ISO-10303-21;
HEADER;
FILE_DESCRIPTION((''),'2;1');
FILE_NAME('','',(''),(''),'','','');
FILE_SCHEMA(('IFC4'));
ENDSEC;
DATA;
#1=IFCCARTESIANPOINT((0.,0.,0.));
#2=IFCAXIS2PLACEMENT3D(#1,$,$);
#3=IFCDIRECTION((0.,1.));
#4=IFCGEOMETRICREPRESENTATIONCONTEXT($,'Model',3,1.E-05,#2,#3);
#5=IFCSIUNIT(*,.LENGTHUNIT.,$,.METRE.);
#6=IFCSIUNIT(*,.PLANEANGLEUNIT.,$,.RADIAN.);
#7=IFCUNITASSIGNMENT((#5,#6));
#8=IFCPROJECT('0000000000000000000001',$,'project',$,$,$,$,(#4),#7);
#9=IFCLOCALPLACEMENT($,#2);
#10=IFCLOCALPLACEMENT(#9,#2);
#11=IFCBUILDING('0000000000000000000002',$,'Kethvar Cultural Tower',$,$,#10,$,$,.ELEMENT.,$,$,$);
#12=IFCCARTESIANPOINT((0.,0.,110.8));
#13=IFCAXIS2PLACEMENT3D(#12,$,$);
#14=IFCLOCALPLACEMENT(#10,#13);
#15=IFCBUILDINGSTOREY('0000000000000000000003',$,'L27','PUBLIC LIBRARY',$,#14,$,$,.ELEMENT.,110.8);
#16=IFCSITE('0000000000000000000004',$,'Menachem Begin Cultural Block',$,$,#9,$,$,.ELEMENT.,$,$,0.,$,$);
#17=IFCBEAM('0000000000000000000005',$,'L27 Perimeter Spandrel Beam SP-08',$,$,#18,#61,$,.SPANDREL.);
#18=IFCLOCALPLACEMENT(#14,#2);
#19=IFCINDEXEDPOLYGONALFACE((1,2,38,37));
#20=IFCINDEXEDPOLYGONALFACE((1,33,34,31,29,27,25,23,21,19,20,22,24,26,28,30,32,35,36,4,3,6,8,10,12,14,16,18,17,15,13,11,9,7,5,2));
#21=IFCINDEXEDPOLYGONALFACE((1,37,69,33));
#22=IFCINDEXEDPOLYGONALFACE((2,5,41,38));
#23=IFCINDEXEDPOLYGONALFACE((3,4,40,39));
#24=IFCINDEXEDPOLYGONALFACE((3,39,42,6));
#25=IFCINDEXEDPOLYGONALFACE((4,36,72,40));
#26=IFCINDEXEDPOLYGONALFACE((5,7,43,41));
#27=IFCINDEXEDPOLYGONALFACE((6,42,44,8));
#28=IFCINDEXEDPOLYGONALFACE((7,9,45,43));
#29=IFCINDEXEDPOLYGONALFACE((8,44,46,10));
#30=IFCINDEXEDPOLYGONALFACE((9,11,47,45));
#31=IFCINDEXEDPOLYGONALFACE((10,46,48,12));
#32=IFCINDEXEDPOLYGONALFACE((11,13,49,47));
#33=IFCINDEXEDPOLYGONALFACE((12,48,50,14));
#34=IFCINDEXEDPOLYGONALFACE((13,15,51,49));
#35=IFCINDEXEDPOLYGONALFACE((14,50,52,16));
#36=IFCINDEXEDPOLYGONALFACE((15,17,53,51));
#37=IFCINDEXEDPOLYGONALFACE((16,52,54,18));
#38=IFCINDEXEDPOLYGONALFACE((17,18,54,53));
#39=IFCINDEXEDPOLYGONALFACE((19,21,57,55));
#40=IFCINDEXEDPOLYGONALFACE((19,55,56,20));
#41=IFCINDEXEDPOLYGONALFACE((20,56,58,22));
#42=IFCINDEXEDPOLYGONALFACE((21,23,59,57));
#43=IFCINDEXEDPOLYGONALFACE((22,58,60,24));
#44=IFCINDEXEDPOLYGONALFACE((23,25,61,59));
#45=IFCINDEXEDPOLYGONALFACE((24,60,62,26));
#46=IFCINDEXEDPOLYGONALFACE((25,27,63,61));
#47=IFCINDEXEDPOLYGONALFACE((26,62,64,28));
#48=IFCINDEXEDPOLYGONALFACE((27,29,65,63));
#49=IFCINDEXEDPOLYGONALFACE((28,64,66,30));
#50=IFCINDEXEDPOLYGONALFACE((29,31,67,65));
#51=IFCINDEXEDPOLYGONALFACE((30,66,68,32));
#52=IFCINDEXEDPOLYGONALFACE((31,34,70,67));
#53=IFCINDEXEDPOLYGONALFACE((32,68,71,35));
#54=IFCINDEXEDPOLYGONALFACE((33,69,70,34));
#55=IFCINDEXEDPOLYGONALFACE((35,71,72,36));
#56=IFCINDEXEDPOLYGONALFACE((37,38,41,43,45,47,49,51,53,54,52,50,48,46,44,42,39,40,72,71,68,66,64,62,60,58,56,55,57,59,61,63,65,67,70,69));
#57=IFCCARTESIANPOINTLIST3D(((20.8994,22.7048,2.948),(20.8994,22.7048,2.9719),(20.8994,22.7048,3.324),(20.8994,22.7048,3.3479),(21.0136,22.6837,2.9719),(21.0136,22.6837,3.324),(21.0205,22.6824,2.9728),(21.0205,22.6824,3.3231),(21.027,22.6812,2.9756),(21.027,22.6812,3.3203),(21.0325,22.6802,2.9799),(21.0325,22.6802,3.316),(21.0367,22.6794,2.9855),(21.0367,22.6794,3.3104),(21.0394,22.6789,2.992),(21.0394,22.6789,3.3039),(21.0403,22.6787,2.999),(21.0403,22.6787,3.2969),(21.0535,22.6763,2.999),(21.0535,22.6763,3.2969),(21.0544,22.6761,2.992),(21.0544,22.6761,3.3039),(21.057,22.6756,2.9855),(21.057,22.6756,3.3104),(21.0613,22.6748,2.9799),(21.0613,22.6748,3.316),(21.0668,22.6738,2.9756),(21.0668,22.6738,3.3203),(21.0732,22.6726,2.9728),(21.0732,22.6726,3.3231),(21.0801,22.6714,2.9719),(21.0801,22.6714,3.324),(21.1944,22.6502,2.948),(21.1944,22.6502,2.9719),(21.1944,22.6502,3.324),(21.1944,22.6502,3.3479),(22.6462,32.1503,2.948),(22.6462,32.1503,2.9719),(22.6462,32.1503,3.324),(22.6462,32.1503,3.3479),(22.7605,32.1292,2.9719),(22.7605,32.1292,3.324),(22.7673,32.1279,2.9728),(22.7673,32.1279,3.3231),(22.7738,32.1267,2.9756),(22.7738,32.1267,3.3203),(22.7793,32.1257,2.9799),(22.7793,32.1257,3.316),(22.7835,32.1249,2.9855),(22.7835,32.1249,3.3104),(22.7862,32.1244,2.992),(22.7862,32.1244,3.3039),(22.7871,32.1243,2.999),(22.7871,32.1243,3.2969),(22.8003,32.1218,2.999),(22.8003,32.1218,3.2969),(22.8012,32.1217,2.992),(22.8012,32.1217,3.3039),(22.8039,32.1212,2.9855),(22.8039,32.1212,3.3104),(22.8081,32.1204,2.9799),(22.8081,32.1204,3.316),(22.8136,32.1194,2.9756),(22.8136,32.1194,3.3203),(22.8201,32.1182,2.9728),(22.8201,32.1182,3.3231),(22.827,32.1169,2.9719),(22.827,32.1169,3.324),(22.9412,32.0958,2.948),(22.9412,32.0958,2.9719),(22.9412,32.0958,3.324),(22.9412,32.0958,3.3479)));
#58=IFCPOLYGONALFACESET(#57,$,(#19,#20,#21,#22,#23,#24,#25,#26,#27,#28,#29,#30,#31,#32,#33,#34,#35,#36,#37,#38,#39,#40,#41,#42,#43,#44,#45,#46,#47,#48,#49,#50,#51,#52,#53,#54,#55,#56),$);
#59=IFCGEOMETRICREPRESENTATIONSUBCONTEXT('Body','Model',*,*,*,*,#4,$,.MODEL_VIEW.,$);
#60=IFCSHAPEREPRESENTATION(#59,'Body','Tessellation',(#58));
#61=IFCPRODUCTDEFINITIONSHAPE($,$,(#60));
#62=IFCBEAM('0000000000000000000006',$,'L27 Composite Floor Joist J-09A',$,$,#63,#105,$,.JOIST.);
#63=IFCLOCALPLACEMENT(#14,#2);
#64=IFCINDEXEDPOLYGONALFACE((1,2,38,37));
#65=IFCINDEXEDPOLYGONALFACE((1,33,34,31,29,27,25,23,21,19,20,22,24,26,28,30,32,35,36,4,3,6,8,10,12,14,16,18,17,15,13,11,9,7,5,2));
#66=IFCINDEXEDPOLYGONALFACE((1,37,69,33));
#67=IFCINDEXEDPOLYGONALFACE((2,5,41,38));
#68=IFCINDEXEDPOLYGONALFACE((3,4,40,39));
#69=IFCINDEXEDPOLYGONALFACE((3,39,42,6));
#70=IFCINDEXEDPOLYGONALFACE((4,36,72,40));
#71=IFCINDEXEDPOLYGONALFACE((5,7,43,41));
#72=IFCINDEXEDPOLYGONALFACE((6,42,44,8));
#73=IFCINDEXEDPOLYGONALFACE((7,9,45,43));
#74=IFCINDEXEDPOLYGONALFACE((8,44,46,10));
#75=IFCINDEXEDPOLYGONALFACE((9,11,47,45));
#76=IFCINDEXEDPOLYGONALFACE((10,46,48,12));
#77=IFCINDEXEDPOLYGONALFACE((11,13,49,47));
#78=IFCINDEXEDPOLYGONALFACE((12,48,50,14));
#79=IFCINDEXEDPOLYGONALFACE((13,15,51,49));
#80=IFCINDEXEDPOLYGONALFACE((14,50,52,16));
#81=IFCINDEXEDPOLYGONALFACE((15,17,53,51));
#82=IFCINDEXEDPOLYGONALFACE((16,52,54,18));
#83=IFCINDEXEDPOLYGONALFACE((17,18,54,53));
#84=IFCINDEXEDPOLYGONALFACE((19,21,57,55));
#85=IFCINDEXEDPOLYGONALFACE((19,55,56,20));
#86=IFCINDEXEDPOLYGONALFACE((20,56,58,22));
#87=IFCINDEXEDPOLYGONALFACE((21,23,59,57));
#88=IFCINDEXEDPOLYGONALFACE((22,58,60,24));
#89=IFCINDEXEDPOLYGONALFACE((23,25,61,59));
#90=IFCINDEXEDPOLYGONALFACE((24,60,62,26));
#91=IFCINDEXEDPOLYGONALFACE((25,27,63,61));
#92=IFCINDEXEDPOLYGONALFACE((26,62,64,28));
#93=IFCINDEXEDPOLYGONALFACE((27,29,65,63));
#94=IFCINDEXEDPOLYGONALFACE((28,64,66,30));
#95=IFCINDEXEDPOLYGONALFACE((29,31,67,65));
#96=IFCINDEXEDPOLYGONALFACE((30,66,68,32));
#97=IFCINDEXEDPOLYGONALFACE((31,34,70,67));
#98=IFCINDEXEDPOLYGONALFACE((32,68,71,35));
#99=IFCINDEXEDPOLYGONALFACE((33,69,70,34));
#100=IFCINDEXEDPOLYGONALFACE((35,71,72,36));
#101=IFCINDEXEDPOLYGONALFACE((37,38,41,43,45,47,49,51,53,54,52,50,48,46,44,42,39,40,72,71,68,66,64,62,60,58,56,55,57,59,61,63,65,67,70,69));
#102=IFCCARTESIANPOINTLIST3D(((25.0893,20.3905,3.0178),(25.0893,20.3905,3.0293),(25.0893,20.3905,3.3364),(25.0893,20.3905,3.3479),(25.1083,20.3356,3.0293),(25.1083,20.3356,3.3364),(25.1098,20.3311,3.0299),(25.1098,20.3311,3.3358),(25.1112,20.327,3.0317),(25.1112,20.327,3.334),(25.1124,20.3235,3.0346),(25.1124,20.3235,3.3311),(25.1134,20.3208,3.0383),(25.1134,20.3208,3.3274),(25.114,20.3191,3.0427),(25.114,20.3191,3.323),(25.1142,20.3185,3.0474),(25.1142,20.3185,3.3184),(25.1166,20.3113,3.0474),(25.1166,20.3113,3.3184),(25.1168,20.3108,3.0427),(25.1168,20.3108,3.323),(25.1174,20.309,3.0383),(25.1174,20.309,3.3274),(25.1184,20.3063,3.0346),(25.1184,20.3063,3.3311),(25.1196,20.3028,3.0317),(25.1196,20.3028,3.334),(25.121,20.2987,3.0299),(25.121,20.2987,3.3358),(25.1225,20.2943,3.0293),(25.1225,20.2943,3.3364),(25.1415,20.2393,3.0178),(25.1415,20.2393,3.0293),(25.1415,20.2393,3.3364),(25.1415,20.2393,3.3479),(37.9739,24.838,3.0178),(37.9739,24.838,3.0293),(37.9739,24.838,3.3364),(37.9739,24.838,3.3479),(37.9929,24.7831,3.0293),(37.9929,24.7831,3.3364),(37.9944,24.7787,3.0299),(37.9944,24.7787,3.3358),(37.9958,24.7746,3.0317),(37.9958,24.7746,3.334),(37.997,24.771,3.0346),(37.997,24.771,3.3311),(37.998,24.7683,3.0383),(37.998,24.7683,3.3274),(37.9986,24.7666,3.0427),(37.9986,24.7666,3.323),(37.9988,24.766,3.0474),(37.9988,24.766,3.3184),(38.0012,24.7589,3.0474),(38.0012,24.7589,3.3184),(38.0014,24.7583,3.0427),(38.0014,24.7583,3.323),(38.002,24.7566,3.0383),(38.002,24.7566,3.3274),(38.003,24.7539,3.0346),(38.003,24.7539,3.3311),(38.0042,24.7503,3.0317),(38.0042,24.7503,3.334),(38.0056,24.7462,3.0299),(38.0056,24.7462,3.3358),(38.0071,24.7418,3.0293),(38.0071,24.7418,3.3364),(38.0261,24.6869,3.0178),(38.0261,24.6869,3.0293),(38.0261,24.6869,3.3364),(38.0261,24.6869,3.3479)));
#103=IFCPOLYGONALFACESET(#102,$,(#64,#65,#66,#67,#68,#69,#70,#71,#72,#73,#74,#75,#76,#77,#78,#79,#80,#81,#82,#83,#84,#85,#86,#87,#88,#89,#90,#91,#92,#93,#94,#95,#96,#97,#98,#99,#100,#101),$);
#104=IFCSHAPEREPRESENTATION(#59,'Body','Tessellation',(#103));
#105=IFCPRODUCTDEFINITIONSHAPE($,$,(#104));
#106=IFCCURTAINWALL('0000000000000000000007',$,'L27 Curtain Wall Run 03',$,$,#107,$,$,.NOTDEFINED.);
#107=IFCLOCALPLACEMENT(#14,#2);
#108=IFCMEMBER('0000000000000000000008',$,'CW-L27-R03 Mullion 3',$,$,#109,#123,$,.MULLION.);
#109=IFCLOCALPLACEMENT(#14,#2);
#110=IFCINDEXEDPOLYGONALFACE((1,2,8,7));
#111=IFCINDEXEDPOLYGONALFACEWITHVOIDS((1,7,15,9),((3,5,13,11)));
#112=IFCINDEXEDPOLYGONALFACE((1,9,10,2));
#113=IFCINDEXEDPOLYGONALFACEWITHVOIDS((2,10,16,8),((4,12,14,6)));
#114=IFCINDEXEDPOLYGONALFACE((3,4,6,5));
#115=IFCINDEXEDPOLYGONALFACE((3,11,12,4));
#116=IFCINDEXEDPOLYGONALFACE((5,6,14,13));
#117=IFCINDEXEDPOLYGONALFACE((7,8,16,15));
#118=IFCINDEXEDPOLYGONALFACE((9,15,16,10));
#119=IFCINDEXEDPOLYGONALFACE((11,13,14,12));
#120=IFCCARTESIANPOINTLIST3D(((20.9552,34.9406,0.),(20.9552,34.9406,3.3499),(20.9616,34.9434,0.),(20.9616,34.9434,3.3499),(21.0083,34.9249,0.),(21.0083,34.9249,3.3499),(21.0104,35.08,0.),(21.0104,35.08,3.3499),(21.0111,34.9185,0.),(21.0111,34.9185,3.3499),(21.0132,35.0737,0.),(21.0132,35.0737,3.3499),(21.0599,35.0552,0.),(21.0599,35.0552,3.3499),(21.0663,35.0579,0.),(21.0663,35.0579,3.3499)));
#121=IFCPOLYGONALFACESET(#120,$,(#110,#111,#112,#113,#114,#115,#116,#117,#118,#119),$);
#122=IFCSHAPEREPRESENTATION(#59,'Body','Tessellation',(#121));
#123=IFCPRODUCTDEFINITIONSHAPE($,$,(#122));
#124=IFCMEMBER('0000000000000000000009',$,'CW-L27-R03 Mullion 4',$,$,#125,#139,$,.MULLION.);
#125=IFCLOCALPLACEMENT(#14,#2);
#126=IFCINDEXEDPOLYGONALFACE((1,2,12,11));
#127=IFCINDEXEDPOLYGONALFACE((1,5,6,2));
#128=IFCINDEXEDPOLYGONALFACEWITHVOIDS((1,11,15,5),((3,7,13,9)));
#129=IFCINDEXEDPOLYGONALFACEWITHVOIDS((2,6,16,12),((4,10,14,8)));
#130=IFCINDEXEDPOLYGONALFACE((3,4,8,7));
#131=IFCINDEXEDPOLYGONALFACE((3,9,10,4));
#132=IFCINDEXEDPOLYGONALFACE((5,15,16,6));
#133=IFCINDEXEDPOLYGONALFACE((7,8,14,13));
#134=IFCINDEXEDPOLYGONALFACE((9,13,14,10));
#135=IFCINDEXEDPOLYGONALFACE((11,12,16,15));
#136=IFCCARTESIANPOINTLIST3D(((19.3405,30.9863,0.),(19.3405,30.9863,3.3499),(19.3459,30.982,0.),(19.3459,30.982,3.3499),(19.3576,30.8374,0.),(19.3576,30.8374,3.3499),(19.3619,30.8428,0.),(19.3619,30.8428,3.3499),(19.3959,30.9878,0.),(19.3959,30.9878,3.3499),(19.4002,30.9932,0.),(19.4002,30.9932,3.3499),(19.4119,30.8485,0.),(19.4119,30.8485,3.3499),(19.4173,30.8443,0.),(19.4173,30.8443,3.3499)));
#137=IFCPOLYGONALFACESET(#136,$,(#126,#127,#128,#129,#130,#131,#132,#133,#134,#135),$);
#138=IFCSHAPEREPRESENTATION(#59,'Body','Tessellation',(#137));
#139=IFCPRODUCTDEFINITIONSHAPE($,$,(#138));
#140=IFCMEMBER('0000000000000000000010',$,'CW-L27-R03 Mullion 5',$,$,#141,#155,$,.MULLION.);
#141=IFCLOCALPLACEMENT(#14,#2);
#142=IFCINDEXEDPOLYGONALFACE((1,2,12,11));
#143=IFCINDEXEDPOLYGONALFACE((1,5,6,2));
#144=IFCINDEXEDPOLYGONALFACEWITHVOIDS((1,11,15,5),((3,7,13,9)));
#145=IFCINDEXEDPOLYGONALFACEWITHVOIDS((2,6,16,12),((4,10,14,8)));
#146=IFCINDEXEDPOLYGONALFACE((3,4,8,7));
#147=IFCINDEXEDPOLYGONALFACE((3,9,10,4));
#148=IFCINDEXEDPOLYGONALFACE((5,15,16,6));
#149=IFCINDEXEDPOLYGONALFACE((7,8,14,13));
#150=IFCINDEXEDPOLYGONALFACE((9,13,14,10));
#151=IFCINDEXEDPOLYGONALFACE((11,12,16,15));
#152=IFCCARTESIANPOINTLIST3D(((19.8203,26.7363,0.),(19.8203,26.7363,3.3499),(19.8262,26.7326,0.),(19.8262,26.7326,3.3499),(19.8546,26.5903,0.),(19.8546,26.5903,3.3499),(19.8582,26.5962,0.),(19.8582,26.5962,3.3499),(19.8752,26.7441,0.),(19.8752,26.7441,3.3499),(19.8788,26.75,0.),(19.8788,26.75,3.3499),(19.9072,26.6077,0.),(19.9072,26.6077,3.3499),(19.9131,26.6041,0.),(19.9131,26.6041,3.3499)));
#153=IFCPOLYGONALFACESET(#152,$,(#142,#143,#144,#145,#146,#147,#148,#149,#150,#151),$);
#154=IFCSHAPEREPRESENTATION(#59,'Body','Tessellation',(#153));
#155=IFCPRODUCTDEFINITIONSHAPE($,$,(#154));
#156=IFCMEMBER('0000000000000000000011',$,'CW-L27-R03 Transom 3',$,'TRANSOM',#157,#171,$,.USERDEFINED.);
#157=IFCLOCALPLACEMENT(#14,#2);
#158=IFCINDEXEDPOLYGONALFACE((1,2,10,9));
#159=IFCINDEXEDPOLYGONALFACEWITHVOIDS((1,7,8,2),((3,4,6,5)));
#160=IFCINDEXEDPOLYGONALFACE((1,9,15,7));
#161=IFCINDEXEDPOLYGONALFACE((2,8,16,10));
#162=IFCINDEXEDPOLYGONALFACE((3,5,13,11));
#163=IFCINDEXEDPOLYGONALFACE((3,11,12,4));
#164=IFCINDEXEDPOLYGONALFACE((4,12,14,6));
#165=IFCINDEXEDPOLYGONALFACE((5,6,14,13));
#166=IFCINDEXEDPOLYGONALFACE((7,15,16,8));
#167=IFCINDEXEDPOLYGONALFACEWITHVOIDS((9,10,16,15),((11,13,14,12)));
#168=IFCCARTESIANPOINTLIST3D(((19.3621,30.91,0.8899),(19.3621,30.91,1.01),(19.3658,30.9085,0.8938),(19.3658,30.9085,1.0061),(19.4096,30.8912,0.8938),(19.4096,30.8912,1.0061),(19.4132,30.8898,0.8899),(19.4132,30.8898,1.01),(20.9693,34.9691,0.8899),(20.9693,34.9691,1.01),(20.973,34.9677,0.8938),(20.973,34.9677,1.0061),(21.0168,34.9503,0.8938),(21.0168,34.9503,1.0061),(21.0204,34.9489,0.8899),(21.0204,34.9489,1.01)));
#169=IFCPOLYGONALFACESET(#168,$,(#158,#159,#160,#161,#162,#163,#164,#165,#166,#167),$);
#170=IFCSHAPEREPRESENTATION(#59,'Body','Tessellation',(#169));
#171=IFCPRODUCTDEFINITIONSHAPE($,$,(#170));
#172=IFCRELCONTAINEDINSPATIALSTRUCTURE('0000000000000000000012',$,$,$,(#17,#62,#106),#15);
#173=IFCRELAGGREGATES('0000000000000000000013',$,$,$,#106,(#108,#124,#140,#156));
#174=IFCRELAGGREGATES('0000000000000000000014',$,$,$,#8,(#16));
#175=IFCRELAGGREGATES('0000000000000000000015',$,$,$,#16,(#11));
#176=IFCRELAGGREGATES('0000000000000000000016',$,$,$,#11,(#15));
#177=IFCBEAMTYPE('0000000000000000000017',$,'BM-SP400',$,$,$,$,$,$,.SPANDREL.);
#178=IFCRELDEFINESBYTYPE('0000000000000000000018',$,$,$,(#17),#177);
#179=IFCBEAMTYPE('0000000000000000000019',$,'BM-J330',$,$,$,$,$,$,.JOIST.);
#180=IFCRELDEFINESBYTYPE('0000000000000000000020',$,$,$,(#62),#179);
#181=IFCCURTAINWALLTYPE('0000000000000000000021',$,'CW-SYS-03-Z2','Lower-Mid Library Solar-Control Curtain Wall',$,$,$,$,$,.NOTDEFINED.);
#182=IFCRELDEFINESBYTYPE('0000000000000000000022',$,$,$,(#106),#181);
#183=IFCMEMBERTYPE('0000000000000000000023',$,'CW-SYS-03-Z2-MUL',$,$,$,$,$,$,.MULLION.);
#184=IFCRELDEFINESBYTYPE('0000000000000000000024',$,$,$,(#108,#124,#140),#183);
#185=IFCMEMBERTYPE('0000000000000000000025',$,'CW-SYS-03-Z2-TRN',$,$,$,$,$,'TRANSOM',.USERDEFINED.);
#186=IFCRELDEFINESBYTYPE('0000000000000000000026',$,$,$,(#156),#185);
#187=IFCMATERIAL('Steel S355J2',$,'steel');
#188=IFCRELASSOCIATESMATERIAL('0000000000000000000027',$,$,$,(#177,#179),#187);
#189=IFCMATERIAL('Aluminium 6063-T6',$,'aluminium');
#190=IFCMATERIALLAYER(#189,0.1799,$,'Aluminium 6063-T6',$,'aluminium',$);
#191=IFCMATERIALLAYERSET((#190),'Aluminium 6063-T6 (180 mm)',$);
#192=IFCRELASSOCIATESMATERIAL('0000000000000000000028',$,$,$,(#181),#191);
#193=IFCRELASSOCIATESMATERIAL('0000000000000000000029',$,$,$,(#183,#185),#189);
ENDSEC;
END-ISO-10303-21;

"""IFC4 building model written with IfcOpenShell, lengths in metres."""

from ifc_helpers import new_model, si_unit, direction, frame, origin, origin_2d, place, context, subcontext, project, spatial, hollow_rectangle, i_section, extrude, source, transform, mapped, material, layer, layer_set, material_profile, profile_set, type_object, element, aggregate, save


model = new_model("IFC4")

# Units and contexts
model_context = context("Model", 3, precision=1e-05, world=origin(), true_north=direction((0.0, 1.0)))
body_context = subcontext(model_context, "Body", "Model", "MODEL_VIEW")
ifc_project = project(units=[si_unit("LENGTHUNIT", "METRE"), si_unit("PLANEANGLEUNIT", "RADIAN")], contexts=[model_context])

# Site, building, storey
site_placement = place(None, origin())
site = spatial("IfcSite", under=ifc_project, at=site_placement, Name="Menachem Begin Cultural Block", CompositionType="ELEMENT", RefElevation=0.0)
building_placement = place(site_placement, origin())
building = spatial("IfcBuilding", under=site, at=building_placement, Name="Kethvar Cultural Tower", CompositionType="ELEMENT")
storey_placement = place(building_placement, frame((0.0, 0.0, 110.8)))
storey = spatial("IfcBuildingStorey", under=building, at=storey_placement, Name="L27", Description="PUBLIC LIBRARY", CompositionType="ELEMENT", Elevation=110.8)

# Beams
ifc_material_1 = material(Name="Steel S355J2", Category="steel")
ifc_material_profile_1 = material_profile(ifc_material_1, i_section(OverallWidth=0.3, OverallDepth=0.3999, WebThickness=0.0134, FlangeThickness=0.0239, FilletRadius=0.0271, at=origin_2d()), Name="Steel S355J2 — HEB400")
ifc_profile_set_1 = profile_set([ifc_material_profile_1], Name="Steel S355J2 — HEB400")
beam_type_1 = type_object("IfcBeamType", Name="BM-SP400", PredefinedType="SPANDREL", material=ifc_profile_set_1)
shared_shape_1 = source(origin(), body_context, "Body", "SweptSolid", [
    extrude(i_section(OverallWidth=0.3, OverallDepth=0.3999, WebThickness=0.0134, FlangeThickness=0.0239, FilletRadius=0.0271, at=origin_2d()), origin(), (0.0, 0.0, 1.0), 9.6057),
])
beam_1_placement = place(storey_placement, frame((22.7937, 32.123, 3.1479), z_axis=(-0.181853, -0.983326, 0.0), x_axis=(0.983326, -0.181853, 0.0)))
element("IfcBeam", 1, at=beam_1_placement, inside=storey, type_object=beam_type_1, Name="L27 Perimeter Spandrel Beam SP-08", PredefinedType="SPANDREL", context=body_context, shape_type="MappedRepresentation", body=[
    mapped(shared_shape_1, transform((0.0, 0.0, 0.0), scale=1.0)),
])
ifc_material_profile_2 = material_profile(ifc_material_1, i_section(OverallWidth=0.1599, OverallDepth=0.3301, WebThickness=0.0076, FlangeThickness=0.0115, FilletRadius=0.0181, at=origin_2d()), Name="Steel S355J2 — IPE330")
ifc_profile_set_2 = profile_set([ifc_material_profile_2], Name="Steel S355J2 — IPE330")
beam_type_2 = type_object("IfcBeamType", Name="BM-J330", PredefinedType="JOIST", material=ifc_profile_set_2)
shared_shape_2 = source(origin(), body_context, "Body", "SweptSolid", [
    extrude(i_section(OverallWidth=0.1599, OverallDepth=0.3301, WebThickness=0.0076, FlangeThickness=0.0115, FilletRadius=0.0181, at=origin_2d()), origin(), (0.0, 0.0, 1.0), 13.6306),
])
beam_2_placement = place(storey_placement, frame((38.0, 24.7625, 3.1829), z_axis=(-0.94527, -0.32629, 0.0), x_axis=(0.32629, -0.94527, 0.0)))
element("IfcBeam", 2, at=beam_2_placement, inside=storey, type_object=beam_type_2, Name="L27 Composite Floor Joist J-09A", PredefinedType="JOIST", context=body_context, shape_type="MappedRepresentation", body=[
    mapped(shared_shape_2, transform((0.0, 0.0, 0.0), scale=1.0)),
])

# Curtain wall, members
ifc_material_2 = material(Name="Aluminium 6063-T6", Category="aluminium")
ifc_layer_1 = layer(ifc_material_2, 0.1799, Name="Aluminium 6063-T6", Category="aluminium")
ifc_layer_set_1 = layer_set([ifc_layer_1], Name="Aluminium 6063-T6 (180 mm)")
curtain_wall_type = type_object("IfcCurtainWallType", Name="CW-SYS-03-Z2", Description="Lower-Mid Library Solar-Control Curtain Wall", PredefinedType="NOTDEFINED", material=ifc_layer_set_1)
curtain_wall_placement = place(storey_placement, origin())
curtain_wall = element("IfcCurtainWall", 3, at=curtain_wall_placement, inside=storey, type_object=curtain_wall_type, Name="L27 Curtain Wall Run 03", PredefinedType="NOTDEFINED")
ifc_material_profile_3 = material_profile(ifc_material_2, hollow_rectangle(XDim=0.0601, YDim=0.1499, WallThickness=0.0049, at=origin_2d()), Name="Aluminium 6063-T6 — RHS150x60x5")
ifc_profile_set_3 = profile_set([ifc_material_profile_3], Name="Aluminium 6063-T6 — RHS150x60x5")
member_type_1 = type_object("IfcMemberType", Name="CW-SYS-03-Z2-MUL", PredefinedType="MULLION", material=ifc_profile_set_3)
shared_shape_3 = source(origin(), body_context, "Body", "SweptSolid", [
    extrude(hollow_rectangle(XDim=0.0601, YDim=0.1499, WallThickness=0.0049, at=origin_2d()), origin(), (0.0, 0.0, 1.0), 3.3499),
])
member_1_placement = place(storey_placement, frame((21.0107, 34.9993, 0.0), z_axis=(0.0, 0.0, 1.0), x_axis=(0.929757, -0.368173, 0.0)))
member_1 = element("IfcMember", 4, at=member_1_placement, type_object=member_type_1, Name="CW-L27-R03 Mullion 3", PredefinedType="MULLION", context=body_context, shape_type="MappedRepresentation", body=[
    mapped(shared_shape_3, transform((0.0, 0.0, 0.0), scale=1.0)),
])
member_2_placement = place(storey_placement, frame((19.3789, 30.9153, 0.0), z_axis=(0.0, 0.0, 1.0), x_axis=(0.993447, 0.114296, 0.0)))
member_2 = element("IfcMember", 5, at=member_2_placement, type_object=member_type_1, Name="CW-L27-R03 Mullion 4", PredefinedType="MULLION", context=body_context, shape_type="MappedRepresentation", body=[
    mapped(shared_shape_3, transform((0.0, 0.0, 0.0), scale=1.0)),
])
member_3_placement = place(storey_placement, frame((19.8667, 26.6702, 0.0), z_axis=(0.0, 0.0, 1.0), x_axis=(0.973487, 0.228742, 0.0)))
member_3 = element("IfcMember", 6, at=member_3_placement, type_object=member_type_1, Name="CW-L27-R03 Mullion 5", PredefinedType="MULLION", context=body_context, shape_type="MappedRepresentation", body=[
    mapped(shared_shape_3, transform((0.0, 0.0, 0.0), scale=1.0)),
])
ifc_material_profile_4 = material_profile(ifc_material_2, hollow_rectangle(XDim=0.0549, YDim=0.1201, WallThickness=0.0039, at=origin_2d()), Name="Aluminium 6063-T6 — RHS120x55x4")
ifc_profile_set_4 = profile_set([ifc_material_profile_4], Name="Aluminium 6063-T6 — RHS120x55x4")
member_type_2 = type_object("IfcMemberType", Name="CW-SYS-03-Z2-TRN", ElementType="TRANSOM", PredefinedType="USERDEFINED", material=ifc_profile_set_4)
shared_shape_4 = source(origin(), body_context, "Body", "SweptSolid", [
    extrude(hollow_rectangle(XDim=0.0549, YDim=0.1201, WallThickness=0.0039, at=origin_2d()), origin(), (0.0, 0.0, 1.0), 4.3657),
])
member_4_placement = place(storey_placement, frame((20.9949, 34.959, 0.95), z_axis=(-0.368139, -0.929771, 0.0), x_axis=(0.929771, -0.368139, 0.0)))
member_4 = element("IfcMember", 7, at=member_4_placement, type_object=member_type_2, Name="CW-L27-R03 Transom 3", ObjectType="TRANSOM", PredefinedType="USERDEFINED", context=body_context, shape_type="MappedRepresentation", body=[
    mapped(shared_shape_4, transform((0.0, 0.0, 0.0), scale=1.0)),
])
aggregate(curtain_wall, [member_1, member_2, member_3, member_4])

save(model, "model.ifc")
